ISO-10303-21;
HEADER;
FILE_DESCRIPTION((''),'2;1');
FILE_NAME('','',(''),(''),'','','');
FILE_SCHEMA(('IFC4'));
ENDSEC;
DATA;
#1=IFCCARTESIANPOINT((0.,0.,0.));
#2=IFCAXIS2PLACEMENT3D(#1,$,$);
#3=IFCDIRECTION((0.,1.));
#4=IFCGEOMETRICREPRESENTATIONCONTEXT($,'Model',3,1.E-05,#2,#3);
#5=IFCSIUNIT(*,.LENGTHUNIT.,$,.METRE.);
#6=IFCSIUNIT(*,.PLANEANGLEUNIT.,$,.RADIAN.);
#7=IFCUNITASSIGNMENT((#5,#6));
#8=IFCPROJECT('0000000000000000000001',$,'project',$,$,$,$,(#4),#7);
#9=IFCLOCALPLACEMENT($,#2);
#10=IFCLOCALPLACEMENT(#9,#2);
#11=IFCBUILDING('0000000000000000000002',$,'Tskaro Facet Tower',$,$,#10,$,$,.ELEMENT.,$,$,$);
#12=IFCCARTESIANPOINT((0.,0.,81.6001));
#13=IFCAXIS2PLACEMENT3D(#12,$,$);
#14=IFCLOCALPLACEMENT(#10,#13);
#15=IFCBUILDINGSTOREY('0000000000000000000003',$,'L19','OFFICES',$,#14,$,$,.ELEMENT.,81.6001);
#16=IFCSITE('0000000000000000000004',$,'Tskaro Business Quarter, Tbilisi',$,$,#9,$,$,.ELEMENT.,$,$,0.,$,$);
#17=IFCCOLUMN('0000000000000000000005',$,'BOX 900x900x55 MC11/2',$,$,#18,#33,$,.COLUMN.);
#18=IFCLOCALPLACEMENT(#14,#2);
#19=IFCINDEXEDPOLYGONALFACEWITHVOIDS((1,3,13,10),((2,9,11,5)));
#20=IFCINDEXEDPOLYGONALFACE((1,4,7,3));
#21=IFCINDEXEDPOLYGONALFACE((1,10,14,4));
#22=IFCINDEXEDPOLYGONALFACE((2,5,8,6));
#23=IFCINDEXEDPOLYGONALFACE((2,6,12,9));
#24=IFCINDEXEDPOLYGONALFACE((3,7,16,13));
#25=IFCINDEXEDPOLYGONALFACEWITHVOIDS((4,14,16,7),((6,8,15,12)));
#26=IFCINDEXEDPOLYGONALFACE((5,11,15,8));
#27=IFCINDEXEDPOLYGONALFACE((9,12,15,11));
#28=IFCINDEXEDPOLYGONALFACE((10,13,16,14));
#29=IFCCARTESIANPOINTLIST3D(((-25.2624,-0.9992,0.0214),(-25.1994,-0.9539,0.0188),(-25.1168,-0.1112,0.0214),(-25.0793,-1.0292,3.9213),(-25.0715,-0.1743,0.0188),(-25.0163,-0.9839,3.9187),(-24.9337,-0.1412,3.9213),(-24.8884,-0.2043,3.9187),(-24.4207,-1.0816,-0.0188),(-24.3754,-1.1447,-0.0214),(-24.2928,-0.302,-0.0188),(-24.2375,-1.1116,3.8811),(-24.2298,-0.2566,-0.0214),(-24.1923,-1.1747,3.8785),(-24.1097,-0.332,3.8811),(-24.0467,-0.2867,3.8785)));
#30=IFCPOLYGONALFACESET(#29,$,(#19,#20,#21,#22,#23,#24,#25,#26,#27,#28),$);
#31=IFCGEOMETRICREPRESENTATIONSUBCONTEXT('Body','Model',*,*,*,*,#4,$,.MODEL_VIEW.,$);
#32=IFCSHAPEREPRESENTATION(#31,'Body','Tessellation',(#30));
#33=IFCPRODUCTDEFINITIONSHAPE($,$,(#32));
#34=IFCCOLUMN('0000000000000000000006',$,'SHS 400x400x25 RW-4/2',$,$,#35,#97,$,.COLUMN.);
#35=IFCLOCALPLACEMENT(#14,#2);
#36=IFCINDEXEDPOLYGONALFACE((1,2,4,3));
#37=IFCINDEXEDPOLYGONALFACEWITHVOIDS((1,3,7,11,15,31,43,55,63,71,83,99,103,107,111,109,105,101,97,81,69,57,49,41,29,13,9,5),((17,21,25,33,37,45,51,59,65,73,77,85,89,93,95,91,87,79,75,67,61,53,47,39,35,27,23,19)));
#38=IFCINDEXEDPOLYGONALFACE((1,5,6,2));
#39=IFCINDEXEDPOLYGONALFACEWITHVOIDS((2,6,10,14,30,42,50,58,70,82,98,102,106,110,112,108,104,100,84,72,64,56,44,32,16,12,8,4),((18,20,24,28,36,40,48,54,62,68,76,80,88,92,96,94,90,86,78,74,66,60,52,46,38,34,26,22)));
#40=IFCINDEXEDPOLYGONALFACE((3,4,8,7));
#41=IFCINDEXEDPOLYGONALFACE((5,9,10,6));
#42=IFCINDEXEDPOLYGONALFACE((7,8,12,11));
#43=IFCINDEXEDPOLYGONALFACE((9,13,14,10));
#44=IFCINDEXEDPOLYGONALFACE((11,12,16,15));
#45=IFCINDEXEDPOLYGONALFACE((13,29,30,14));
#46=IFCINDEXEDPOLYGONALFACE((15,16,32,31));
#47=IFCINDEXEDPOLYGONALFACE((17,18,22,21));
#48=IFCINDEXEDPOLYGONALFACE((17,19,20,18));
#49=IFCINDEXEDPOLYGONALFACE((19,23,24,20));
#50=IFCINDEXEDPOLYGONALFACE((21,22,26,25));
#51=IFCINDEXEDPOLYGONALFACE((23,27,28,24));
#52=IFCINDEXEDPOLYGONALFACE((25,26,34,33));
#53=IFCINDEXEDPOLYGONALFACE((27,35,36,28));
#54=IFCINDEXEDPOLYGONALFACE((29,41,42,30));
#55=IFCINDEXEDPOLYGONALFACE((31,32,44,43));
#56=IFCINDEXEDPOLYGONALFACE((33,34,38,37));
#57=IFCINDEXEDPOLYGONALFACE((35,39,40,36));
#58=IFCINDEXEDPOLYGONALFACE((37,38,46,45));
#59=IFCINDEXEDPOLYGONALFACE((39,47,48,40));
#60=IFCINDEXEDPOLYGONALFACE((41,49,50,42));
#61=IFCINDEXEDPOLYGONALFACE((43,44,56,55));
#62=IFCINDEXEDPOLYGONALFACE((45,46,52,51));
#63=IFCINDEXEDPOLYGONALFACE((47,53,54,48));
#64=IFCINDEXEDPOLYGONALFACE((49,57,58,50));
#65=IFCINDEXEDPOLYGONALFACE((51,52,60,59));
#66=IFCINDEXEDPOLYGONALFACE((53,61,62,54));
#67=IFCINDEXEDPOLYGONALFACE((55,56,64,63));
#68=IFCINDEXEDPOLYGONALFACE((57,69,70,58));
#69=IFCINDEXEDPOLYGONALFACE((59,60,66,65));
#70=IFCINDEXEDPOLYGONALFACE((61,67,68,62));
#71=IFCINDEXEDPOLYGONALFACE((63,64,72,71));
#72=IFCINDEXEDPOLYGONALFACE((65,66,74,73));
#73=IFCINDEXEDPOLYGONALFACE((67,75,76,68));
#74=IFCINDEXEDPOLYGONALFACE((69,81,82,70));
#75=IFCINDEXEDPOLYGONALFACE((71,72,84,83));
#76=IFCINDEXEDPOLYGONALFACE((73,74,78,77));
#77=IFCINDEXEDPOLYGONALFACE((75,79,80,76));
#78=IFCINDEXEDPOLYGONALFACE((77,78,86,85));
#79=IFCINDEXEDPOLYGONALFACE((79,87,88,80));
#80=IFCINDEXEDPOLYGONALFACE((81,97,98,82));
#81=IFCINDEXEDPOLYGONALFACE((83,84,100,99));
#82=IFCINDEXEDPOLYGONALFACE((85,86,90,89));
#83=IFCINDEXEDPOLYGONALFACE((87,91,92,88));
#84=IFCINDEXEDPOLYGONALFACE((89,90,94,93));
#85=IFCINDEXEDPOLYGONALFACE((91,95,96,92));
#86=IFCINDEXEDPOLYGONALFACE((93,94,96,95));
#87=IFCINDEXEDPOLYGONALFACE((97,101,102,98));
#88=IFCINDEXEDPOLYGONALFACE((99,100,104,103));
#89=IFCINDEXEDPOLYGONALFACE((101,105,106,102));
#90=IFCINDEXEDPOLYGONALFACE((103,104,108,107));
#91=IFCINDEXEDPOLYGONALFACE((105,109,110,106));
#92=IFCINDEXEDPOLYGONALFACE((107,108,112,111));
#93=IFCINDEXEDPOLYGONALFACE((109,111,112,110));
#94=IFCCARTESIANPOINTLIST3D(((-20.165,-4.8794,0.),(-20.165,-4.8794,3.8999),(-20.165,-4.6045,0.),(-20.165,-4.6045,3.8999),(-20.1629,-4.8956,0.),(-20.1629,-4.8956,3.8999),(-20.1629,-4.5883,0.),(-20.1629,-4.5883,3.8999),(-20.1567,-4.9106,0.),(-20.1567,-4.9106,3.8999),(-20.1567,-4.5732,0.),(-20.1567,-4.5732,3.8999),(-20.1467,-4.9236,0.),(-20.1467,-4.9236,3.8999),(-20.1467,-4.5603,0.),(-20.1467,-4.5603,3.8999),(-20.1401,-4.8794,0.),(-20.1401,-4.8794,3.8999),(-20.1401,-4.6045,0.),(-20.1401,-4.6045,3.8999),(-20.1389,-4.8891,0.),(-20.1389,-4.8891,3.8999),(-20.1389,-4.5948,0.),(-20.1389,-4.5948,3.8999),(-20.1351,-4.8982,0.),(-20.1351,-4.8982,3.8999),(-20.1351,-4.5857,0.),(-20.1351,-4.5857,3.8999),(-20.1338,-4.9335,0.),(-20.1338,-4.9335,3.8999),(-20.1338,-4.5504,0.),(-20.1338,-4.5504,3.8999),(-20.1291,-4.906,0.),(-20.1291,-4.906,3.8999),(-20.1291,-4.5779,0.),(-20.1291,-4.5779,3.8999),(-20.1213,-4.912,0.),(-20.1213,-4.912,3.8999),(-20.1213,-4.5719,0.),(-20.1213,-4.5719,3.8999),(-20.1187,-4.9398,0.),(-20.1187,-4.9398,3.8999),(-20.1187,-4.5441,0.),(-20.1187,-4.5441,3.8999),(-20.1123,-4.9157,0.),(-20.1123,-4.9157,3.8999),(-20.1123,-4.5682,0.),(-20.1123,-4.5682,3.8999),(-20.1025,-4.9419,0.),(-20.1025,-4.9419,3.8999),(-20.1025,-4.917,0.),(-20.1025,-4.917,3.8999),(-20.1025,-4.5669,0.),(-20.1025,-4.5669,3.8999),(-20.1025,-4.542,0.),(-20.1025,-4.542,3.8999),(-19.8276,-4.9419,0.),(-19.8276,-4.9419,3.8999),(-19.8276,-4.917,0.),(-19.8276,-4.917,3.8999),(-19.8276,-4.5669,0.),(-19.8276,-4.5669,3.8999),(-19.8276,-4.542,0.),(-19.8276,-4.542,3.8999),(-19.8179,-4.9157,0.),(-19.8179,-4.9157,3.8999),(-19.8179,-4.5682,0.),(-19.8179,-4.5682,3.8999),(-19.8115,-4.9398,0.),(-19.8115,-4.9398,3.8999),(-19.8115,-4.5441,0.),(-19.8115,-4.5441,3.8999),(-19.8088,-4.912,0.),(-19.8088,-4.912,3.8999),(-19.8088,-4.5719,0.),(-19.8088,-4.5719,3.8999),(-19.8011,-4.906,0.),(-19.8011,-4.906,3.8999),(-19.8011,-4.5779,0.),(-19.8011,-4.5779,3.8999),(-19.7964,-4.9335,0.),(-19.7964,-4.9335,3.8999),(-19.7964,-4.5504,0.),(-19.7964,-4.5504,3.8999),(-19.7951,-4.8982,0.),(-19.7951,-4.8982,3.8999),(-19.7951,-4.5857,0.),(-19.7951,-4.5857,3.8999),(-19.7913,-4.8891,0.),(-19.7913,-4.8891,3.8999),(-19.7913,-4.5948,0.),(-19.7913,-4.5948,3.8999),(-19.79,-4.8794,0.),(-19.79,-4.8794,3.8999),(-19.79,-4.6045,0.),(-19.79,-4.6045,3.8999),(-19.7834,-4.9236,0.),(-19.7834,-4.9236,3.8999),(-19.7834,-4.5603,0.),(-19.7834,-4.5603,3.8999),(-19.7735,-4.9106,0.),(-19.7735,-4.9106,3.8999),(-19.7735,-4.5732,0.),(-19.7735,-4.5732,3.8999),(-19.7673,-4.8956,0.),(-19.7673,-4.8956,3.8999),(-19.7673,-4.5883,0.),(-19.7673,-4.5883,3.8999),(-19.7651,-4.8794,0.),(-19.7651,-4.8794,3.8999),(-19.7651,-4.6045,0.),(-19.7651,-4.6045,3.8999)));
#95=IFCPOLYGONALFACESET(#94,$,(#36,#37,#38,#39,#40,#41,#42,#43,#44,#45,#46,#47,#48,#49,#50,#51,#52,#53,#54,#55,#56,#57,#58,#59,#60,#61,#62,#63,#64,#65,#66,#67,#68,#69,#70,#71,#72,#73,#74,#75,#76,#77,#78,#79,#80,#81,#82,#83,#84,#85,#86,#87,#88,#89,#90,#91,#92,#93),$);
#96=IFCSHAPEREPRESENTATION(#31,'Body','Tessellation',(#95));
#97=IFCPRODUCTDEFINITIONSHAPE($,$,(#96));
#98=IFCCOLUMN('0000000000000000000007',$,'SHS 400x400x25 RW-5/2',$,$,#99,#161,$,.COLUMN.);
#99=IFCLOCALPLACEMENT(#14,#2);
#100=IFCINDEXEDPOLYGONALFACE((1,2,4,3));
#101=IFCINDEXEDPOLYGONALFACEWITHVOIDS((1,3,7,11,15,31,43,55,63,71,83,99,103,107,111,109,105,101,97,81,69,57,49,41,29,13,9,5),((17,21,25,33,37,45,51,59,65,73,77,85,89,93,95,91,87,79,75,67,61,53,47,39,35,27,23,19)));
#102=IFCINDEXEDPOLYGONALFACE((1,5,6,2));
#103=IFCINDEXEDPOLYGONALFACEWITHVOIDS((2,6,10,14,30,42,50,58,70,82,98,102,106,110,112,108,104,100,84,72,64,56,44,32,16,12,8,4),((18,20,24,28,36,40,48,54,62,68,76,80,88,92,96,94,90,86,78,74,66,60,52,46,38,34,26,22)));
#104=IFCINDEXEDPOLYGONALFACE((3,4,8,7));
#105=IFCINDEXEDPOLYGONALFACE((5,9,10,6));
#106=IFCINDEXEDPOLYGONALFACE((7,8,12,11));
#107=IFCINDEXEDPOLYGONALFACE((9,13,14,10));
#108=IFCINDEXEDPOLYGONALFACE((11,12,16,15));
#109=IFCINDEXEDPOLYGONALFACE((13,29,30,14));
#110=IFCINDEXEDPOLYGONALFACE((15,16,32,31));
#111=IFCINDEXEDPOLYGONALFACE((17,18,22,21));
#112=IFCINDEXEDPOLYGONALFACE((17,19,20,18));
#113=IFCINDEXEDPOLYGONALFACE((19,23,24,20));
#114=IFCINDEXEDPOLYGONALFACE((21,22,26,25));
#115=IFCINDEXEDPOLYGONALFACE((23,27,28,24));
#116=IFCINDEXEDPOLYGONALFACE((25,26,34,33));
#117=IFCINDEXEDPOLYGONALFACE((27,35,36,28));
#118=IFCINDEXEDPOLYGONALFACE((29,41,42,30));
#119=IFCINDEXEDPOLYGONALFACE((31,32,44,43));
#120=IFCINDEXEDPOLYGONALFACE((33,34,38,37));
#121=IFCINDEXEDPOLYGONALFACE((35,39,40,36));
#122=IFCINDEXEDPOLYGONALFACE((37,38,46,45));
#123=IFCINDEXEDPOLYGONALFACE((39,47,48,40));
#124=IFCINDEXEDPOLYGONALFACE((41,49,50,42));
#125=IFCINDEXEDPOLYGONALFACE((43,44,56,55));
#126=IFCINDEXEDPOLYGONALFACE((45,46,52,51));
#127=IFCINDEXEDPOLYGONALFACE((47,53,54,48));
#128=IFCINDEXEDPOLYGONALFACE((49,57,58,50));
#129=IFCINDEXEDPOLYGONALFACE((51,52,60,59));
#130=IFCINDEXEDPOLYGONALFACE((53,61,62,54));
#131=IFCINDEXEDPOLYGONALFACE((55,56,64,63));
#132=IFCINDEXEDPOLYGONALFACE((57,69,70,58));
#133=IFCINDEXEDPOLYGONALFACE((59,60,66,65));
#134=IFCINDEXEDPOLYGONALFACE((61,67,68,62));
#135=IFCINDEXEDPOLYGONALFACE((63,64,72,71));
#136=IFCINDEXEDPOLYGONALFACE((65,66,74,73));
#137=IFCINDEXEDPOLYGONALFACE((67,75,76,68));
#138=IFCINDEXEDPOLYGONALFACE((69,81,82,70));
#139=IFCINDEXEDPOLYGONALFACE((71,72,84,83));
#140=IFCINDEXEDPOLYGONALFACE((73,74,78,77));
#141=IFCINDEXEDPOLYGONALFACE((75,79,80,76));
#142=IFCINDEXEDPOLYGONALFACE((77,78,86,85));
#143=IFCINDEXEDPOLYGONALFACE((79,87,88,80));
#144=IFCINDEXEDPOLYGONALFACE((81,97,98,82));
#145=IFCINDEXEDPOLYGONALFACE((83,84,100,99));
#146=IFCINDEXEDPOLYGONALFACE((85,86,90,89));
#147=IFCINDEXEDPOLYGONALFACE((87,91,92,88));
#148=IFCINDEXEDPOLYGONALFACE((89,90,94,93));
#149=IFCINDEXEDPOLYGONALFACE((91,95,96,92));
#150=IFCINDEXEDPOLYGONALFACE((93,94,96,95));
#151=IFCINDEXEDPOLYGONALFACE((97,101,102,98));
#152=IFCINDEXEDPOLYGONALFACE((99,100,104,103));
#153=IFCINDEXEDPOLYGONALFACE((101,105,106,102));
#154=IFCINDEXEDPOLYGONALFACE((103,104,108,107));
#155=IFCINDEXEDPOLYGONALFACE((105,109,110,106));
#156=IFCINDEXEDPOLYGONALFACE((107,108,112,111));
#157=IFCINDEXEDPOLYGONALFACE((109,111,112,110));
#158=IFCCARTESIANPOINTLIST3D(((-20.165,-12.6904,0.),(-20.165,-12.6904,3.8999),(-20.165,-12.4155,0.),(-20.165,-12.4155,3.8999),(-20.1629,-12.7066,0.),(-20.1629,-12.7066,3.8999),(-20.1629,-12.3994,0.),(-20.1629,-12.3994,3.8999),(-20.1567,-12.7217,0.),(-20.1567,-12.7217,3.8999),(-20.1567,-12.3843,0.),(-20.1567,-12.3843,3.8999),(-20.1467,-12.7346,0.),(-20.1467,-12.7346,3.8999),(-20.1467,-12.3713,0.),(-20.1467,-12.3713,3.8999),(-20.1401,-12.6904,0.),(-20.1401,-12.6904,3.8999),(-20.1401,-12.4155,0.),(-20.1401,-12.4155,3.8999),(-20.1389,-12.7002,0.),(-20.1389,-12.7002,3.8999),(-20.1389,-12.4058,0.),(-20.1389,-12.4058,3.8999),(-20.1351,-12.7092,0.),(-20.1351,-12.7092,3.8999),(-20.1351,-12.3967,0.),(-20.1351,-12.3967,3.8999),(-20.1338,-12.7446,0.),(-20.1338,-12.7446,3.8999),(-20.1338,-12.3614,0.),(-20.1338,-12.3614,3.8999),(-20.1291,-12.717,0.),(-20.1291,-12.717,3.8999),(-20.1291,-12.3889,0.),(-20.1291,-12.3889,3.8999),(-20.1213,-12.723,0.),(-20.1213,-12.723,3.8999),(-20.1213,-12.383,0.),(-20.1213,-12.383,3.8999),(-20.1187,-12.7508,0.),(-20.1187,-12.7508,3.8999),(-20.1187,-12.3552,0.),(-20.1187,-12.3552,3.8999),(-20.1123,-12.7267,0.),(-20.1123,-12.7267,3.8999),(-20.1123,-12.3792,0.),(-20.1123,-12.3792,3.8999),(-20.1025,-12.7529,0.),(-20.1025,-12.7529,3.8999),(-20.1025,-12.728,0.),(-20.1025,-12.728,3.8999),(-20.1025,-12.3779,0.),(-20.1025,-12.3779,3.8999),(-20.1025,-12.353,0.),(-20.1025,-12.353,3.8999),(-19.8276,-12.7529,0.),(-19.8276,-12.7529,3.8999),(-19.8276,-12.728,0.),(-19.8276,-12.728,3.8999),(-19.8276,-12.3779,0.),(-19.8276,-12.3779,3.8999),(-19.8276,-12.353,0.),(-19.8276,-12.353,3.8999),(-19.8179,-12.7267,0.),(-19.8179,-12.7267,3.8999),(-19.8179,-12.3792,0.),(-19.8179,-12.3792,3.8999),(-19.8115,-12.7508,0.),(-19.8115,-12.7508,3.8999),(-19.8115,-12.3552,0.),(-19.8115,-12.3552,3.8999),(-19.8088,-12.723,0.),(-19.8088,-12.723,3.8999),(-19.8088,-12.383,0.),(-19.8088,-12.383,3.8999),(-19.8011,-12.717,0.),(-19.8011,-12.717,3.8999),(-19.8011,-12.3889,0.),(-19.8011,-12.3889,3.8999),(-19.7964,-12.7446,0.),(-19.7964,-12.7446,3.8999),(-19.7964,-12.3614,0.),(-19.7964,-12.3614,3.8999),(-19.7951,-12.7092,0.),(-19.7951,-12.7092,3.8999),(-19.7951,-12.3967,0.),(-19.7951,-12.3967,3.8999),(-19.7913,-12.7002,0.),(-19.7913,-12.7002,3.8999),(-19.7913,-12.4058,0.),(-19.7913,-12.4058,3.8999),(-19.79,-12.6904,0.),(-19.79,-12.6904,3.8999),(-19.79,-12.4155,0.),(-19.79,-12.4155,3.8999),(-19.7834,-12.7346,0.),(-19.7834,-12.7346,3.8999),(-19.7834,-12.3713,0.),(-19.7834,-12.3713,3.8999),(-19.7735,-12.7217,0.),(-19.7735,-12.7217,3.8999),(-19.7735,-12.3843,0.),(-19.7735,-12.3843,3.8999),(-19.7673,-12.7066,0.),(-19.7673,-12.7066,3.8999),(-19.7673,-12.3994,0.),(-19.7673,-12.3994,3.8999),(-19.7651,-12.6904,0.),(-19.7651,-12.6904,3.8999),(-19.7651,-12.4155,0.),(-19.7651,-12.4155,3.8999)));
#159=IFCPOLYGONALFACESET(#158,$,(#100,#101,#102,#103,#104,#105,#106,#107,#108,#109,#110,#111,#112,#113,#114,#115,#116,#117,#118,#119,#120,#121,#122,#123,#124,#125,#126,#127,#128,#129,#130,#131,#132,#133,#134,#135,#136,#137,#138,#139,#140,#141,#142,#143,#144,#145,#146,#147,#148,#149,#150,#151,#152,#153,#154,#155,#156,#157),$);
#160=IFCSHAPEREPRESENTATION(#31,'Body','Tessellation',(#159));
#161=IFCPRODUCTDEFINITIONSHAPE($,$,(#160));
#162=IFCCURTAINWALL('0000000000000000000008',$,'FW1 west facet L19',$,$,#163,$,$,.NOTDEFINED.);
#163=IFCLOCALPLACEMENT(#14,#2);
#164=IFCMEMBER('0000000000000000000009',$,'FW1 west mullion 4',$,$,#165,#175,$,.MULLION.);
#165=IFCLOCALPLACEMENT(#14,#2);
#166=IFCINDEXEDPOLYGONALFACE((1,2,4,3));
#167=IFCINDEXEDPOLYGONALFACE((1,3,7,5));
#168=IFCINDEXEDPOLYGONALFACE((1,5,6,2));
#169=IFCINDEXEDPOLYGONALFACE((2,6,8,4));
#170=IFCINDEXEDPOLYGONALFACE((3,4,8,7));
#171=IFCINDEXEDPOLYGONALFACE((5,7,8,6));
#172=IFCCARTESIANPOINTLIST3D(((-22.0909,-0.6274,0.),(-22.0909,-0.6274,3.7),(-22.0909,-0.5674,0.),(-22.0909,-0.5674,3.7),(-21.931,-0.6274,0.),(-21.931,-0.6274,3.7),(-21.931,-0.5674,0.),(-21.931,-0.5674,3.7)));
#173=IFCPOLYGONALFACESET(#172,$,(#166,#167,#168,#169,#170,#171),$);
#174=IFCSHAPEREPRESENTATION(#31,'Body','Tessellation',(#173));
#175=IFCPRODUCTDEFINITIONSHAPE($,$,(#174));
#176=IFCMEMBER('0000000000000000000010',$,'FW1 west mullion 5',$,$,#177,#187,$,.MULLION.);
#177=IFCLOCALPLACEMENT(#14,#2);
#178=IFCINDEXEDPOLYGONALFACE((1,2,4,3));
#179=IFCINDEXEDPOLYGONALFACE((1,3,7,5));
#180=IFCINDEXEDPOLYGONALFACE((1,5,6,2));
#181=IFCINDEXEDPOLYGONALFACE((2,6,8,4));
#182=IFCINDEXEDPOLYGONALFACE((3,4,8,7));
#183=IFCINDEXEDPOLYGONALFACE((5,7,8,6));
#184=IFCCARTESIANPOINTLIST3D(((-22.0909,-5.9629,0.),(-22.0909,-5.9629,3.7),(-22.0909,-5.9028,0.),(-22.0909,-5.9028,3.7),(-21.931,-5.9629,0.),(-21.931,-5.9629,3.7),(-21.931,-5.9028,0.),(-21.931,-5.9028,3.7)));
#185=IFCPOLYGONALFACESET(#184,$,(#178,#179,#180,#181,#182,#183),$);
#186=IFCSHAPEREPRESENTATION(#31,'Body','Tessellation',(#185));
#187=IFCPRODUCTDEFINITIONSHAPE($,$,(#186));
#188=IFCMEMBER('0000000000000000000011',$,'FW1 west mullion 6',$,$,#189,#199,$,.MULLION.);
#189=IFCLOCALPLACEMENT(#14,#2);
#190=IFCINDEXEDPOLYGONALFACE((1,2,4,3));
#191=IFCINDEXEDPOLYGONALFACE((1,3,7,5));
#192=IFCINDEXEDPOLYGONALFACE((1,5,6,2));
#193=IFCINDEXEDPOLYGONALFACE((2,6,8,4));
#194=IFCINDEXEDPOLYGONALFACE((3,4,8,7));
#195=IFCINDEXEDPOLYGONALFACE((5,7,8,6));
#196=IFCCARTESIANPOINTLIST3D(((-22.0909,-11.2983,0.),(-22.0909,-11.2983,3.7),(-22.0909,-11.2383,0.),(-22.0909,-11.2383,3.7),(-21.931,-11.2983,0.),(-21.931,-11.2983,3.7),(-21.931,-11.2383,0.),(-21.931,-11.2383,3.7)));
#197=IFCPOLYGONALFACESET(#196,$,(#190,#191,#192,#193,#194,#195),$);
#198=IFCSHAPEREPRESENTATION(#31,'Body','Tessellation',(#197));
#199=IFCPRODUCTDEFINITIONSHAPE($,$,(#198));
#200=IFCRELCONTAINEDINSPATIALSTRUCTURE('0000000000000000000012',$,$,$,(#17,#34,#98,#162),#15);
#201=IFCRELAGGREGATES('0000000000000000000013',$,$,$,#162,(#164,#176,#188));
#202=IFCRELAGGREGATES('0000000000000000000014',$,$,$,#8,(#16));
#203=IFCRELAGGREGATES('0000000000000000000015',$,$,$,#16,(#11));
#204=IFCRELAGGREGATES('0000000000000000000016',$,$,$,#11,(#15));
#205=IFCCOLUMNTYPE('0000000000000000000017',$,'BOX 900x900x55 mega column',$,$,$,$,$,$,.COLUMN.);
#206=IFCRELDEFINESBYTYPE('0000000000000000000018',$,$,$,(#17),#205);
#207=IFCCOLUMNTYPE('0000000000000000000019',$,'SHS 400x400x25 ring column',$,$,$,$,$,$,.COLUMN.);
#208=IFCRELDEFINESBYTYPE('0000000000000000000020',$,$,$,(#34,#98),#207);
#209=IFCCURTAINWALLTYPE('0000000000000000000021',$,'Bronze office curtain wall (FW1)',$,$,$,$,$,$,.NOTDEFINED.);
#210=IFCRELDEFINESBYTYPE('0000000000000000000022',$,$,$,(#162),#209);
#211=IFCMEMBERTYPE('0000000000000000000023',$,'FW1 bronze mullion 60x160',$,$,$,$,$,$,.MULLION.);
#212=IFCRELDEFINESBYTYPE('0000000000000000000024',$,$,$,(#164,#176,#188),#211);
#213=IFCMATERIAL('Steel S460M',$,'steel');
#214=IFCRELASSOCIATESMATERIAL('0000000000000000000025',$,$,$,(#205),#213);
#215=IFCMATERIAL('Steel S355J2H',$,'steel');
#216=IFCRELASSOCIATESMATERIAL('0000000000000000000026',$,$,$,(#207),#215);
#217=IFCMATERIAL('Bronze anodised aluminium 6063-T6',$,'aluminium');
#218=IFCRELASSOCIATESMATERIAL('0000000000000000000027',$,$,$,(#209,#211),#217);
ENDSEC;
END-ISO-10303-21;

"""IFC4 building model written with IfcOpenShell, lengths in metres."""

from ifc_helpers import new_model, si_unit, direction, frame, origin, origin_2d, place, context, subcontext, project, spatial, rectangle, hollow_rectangle, extrude, material, material_profile, profile_set, type_object, element, aggregate, save


model = new_model("IFC4")

# Units and contexts
model_context = context("Model", 3, precision=1e-05, world=origin(), true_north=direction((0.0, 1.0)))
body_context = subcontext(model_context, "Body", "Model", "MODEL_VIEW")
ifc_project = project(units=[si_unit("LENGTHUNIT", "METRE"), si_unit("PLANEANGLEUNIT", "RADIAN")], contexts=[model_context])

# Site, building, storey
site_placement = place(None, origin())
site = spatial("IfcSite", under=ifc_project, at=site_placement, Name="Tskaro Business Quarter, Tbilisi", CompositionType="ELEMENT", RefElevation=0.0)
building_placement = place(site_placement, origin())
building = spatial("IfcBuilding", under=site, at=building_placement, Name="Tskaro Facet Tower", CompositionType="ELEMENT")
storey_placement = place(building_placement, frame((0.0, 0.0, 81.6001)))
storey = spatial("IfcBuildingStorey", under=building, at=storey_placement, Name="L19", Description="OFFICES", CompositionType="ELEMENT", Elevation=81.6001)

# Columns
ifc_material_1 = material(Name="Steel S460M", Category="steel")
ifc_material_profile_1 = material_profile(ifc_material_1, hollow_rectangle(XDim=0.8999, YDim=0.8999, WallThickness=0.0549, at=origin_2d()), Name="BOX 900x900x55")
ifc_profile_set_1 = profile_set([ifc_material_profile_1], Name="Steel S460M")
column_type_1 = type_object("IfcColumnType", Name="BOX 900x900x55 mega column", PredefinedType="COLUMN", material=ifc_profile_set_1)
column_placement = place(storey_placement, frame((-24.7461, -0.6279, 0.0), z_axis=(0.046898, -0.007691, 0.99887), x_axis=(0.161838, 0.986817, 0.0)))
element("IfcColumn", 1, at=column_placement, inside=storey, type_object=column_type_1, Name="BOX 900x900x55 MC11/2", PredefinedType="COLUMN", context=body_context, shape_type="SweptSolid", body=[
    extrude(hollow_rectangle(XDim=0.8999, YDim=0.8999, WallThickness=0.0549, at=origin_2d()), origin(), (0.0, 0.0, 1.0), 3.9043),
])
ifc_material_2 = material(Name="Steel S355J2H", Category="steel")
ifc_material_profile_2 = material_profile(ifc_material_2, hollow_rectangle(XDim=0.3999, YDim=0.3999, WallThickness=0.0249, InnerFilletRadius=0.0376, OuterFilletRadius=0.0625, at=origin_2d()), Name="SHS 400x400x25")
ifc_profile_set_2 = profile_set([ifc_material_profile_2], Name="Steel S355J2H")
column_type_2 = type_object("IfcColumnType", Name="SHS 400x400x25 ring column", PredefinedType="COLUMN", material=ifc_profile_set_2)
for number, where, z_axis, x_axis, name in (
    (2, (-19.9651, -4.7419, 0.0), (0.0, 0.0, 1.0), (1.0, 0.0, 0.0), "SHS 400x400x25 RW-4/2"),
    (3, (-19.9651, -12.553, 0.0), (0.0, 0.0, 1.0), (1.0, 0.0, 0.0), "SHS 400x400x25 RW-5/2"),
):
    element("IfcColumn", number, at=place(storey_placement, frame(where, z_axis=z_axis, x_axis=x_axis)), inside=storey, type_object=column_type_2, Name=name, PredefinedType="COLUMN", context=body_context, shape_type="SweptSolid", body=[
        extrude(hollow_rectangle(XDim=0.3999, YDim=0.3999, WallThickness=0.0249, InnerFilletRadius=0.0376, OuterFilletRadius=0.0625, at=origin_2d()), origin(), (0.0, 0.0, 1.0), 3.8999),
    ])

# Curtain wall, members
ifc_material_3 = material(Name="Bronze anodised aluminium 6063-T6", Category="aluminium")
curtain_wall_type = type_object("IfcCurtainWallType", Name="Bronze office curtain wall (FW1)", PredefinedType="NOTDEFINED", material=ifc_material_3)
curtain_wall_placement = place(storey_placement, origin())
curtain_wall = element("IfcCurtainWall", 4, at=curtain_wall_placement, inside=storey, type_object=curtain_wall_type, Name="FW1 west facet L19", PredefinedType="NOTDEFINED")
ifc_material_profile_3 = material_profile(ifc_material_3, rectangle(XDim=0.0601, YDim=0.1599, at=origin_2d()), Name="Mullion 60x160")
ifc_profile_set_3 = profile_set([ifc_material_profile_3], Name="Bronze anodised aluminium 6063-T6")
member_type_1 = type_object("IfcMemberType", Name="FW1 bronze mullion 60x160", PredefinedType="MULLION", material=ifc_profile_set_3)
member_1_placement = place(storey_placement, frame((-22.011, -0.5974, 0.0), z_axis=(0.0, 0.0, 1.0), x_axis=(0.0, -1.0, 0.0)))
member_1 = element("IfcMember", 5, at=member_1_placement, type_object=member_type_1, Name="FW1 west mullion 4", PredefinedType="MULLION", context=body_context, shape_type="SweptSolid", body=[
    extrude(rectangle(XDim=0.0601, YDim=0.1599, at=origin_2d()), origin(), (0.0, 0.0, 1.0), 3.7),
])
member_2_placement = place(storey_placement, frame((-22.011, -5.9329, 0.0), z_axis=(0.0, 0.0, 1.0), x_axis=(0.0, -1.0, 0.0)))
member_2 = element("IfcMember", 6, at=member_2_placement, type_object=member_type_1, Name="FW1 west mullion 5", PredefinedType="MULLION", context=body_context, shape_type="SweptSolid", body=[
    extrude(rectangle(XDim=0.0601, YDim=0.1599, at=origin_2d()), origin(), (0.0, 0.0, 1.0), 3.7),
])
member_3_placement = place(storey_placement, frame((-22.011, -11.2683, 0.0), z_axis=(0.0, 0.0, 1.0), x_axis=(0.0, -1.0, 0.0)))
member_3 = element("IfcMember", 7, at=member_3_placement, type_object=member_type_1, Name="FW1 west mullion 6", PredefinedType="MULLION", context=body_context, shape_type="SweptSolid", body=[
    extrude(rectangle(XDim=0.0601, YDim=0.1599, at=origin_2d()), origin(), (0.0, 0.0, 1.0), 3.7),
])

aggregate(curtain_wall, [member_1, member_2, member_3])

save(model, "model.ifc")
